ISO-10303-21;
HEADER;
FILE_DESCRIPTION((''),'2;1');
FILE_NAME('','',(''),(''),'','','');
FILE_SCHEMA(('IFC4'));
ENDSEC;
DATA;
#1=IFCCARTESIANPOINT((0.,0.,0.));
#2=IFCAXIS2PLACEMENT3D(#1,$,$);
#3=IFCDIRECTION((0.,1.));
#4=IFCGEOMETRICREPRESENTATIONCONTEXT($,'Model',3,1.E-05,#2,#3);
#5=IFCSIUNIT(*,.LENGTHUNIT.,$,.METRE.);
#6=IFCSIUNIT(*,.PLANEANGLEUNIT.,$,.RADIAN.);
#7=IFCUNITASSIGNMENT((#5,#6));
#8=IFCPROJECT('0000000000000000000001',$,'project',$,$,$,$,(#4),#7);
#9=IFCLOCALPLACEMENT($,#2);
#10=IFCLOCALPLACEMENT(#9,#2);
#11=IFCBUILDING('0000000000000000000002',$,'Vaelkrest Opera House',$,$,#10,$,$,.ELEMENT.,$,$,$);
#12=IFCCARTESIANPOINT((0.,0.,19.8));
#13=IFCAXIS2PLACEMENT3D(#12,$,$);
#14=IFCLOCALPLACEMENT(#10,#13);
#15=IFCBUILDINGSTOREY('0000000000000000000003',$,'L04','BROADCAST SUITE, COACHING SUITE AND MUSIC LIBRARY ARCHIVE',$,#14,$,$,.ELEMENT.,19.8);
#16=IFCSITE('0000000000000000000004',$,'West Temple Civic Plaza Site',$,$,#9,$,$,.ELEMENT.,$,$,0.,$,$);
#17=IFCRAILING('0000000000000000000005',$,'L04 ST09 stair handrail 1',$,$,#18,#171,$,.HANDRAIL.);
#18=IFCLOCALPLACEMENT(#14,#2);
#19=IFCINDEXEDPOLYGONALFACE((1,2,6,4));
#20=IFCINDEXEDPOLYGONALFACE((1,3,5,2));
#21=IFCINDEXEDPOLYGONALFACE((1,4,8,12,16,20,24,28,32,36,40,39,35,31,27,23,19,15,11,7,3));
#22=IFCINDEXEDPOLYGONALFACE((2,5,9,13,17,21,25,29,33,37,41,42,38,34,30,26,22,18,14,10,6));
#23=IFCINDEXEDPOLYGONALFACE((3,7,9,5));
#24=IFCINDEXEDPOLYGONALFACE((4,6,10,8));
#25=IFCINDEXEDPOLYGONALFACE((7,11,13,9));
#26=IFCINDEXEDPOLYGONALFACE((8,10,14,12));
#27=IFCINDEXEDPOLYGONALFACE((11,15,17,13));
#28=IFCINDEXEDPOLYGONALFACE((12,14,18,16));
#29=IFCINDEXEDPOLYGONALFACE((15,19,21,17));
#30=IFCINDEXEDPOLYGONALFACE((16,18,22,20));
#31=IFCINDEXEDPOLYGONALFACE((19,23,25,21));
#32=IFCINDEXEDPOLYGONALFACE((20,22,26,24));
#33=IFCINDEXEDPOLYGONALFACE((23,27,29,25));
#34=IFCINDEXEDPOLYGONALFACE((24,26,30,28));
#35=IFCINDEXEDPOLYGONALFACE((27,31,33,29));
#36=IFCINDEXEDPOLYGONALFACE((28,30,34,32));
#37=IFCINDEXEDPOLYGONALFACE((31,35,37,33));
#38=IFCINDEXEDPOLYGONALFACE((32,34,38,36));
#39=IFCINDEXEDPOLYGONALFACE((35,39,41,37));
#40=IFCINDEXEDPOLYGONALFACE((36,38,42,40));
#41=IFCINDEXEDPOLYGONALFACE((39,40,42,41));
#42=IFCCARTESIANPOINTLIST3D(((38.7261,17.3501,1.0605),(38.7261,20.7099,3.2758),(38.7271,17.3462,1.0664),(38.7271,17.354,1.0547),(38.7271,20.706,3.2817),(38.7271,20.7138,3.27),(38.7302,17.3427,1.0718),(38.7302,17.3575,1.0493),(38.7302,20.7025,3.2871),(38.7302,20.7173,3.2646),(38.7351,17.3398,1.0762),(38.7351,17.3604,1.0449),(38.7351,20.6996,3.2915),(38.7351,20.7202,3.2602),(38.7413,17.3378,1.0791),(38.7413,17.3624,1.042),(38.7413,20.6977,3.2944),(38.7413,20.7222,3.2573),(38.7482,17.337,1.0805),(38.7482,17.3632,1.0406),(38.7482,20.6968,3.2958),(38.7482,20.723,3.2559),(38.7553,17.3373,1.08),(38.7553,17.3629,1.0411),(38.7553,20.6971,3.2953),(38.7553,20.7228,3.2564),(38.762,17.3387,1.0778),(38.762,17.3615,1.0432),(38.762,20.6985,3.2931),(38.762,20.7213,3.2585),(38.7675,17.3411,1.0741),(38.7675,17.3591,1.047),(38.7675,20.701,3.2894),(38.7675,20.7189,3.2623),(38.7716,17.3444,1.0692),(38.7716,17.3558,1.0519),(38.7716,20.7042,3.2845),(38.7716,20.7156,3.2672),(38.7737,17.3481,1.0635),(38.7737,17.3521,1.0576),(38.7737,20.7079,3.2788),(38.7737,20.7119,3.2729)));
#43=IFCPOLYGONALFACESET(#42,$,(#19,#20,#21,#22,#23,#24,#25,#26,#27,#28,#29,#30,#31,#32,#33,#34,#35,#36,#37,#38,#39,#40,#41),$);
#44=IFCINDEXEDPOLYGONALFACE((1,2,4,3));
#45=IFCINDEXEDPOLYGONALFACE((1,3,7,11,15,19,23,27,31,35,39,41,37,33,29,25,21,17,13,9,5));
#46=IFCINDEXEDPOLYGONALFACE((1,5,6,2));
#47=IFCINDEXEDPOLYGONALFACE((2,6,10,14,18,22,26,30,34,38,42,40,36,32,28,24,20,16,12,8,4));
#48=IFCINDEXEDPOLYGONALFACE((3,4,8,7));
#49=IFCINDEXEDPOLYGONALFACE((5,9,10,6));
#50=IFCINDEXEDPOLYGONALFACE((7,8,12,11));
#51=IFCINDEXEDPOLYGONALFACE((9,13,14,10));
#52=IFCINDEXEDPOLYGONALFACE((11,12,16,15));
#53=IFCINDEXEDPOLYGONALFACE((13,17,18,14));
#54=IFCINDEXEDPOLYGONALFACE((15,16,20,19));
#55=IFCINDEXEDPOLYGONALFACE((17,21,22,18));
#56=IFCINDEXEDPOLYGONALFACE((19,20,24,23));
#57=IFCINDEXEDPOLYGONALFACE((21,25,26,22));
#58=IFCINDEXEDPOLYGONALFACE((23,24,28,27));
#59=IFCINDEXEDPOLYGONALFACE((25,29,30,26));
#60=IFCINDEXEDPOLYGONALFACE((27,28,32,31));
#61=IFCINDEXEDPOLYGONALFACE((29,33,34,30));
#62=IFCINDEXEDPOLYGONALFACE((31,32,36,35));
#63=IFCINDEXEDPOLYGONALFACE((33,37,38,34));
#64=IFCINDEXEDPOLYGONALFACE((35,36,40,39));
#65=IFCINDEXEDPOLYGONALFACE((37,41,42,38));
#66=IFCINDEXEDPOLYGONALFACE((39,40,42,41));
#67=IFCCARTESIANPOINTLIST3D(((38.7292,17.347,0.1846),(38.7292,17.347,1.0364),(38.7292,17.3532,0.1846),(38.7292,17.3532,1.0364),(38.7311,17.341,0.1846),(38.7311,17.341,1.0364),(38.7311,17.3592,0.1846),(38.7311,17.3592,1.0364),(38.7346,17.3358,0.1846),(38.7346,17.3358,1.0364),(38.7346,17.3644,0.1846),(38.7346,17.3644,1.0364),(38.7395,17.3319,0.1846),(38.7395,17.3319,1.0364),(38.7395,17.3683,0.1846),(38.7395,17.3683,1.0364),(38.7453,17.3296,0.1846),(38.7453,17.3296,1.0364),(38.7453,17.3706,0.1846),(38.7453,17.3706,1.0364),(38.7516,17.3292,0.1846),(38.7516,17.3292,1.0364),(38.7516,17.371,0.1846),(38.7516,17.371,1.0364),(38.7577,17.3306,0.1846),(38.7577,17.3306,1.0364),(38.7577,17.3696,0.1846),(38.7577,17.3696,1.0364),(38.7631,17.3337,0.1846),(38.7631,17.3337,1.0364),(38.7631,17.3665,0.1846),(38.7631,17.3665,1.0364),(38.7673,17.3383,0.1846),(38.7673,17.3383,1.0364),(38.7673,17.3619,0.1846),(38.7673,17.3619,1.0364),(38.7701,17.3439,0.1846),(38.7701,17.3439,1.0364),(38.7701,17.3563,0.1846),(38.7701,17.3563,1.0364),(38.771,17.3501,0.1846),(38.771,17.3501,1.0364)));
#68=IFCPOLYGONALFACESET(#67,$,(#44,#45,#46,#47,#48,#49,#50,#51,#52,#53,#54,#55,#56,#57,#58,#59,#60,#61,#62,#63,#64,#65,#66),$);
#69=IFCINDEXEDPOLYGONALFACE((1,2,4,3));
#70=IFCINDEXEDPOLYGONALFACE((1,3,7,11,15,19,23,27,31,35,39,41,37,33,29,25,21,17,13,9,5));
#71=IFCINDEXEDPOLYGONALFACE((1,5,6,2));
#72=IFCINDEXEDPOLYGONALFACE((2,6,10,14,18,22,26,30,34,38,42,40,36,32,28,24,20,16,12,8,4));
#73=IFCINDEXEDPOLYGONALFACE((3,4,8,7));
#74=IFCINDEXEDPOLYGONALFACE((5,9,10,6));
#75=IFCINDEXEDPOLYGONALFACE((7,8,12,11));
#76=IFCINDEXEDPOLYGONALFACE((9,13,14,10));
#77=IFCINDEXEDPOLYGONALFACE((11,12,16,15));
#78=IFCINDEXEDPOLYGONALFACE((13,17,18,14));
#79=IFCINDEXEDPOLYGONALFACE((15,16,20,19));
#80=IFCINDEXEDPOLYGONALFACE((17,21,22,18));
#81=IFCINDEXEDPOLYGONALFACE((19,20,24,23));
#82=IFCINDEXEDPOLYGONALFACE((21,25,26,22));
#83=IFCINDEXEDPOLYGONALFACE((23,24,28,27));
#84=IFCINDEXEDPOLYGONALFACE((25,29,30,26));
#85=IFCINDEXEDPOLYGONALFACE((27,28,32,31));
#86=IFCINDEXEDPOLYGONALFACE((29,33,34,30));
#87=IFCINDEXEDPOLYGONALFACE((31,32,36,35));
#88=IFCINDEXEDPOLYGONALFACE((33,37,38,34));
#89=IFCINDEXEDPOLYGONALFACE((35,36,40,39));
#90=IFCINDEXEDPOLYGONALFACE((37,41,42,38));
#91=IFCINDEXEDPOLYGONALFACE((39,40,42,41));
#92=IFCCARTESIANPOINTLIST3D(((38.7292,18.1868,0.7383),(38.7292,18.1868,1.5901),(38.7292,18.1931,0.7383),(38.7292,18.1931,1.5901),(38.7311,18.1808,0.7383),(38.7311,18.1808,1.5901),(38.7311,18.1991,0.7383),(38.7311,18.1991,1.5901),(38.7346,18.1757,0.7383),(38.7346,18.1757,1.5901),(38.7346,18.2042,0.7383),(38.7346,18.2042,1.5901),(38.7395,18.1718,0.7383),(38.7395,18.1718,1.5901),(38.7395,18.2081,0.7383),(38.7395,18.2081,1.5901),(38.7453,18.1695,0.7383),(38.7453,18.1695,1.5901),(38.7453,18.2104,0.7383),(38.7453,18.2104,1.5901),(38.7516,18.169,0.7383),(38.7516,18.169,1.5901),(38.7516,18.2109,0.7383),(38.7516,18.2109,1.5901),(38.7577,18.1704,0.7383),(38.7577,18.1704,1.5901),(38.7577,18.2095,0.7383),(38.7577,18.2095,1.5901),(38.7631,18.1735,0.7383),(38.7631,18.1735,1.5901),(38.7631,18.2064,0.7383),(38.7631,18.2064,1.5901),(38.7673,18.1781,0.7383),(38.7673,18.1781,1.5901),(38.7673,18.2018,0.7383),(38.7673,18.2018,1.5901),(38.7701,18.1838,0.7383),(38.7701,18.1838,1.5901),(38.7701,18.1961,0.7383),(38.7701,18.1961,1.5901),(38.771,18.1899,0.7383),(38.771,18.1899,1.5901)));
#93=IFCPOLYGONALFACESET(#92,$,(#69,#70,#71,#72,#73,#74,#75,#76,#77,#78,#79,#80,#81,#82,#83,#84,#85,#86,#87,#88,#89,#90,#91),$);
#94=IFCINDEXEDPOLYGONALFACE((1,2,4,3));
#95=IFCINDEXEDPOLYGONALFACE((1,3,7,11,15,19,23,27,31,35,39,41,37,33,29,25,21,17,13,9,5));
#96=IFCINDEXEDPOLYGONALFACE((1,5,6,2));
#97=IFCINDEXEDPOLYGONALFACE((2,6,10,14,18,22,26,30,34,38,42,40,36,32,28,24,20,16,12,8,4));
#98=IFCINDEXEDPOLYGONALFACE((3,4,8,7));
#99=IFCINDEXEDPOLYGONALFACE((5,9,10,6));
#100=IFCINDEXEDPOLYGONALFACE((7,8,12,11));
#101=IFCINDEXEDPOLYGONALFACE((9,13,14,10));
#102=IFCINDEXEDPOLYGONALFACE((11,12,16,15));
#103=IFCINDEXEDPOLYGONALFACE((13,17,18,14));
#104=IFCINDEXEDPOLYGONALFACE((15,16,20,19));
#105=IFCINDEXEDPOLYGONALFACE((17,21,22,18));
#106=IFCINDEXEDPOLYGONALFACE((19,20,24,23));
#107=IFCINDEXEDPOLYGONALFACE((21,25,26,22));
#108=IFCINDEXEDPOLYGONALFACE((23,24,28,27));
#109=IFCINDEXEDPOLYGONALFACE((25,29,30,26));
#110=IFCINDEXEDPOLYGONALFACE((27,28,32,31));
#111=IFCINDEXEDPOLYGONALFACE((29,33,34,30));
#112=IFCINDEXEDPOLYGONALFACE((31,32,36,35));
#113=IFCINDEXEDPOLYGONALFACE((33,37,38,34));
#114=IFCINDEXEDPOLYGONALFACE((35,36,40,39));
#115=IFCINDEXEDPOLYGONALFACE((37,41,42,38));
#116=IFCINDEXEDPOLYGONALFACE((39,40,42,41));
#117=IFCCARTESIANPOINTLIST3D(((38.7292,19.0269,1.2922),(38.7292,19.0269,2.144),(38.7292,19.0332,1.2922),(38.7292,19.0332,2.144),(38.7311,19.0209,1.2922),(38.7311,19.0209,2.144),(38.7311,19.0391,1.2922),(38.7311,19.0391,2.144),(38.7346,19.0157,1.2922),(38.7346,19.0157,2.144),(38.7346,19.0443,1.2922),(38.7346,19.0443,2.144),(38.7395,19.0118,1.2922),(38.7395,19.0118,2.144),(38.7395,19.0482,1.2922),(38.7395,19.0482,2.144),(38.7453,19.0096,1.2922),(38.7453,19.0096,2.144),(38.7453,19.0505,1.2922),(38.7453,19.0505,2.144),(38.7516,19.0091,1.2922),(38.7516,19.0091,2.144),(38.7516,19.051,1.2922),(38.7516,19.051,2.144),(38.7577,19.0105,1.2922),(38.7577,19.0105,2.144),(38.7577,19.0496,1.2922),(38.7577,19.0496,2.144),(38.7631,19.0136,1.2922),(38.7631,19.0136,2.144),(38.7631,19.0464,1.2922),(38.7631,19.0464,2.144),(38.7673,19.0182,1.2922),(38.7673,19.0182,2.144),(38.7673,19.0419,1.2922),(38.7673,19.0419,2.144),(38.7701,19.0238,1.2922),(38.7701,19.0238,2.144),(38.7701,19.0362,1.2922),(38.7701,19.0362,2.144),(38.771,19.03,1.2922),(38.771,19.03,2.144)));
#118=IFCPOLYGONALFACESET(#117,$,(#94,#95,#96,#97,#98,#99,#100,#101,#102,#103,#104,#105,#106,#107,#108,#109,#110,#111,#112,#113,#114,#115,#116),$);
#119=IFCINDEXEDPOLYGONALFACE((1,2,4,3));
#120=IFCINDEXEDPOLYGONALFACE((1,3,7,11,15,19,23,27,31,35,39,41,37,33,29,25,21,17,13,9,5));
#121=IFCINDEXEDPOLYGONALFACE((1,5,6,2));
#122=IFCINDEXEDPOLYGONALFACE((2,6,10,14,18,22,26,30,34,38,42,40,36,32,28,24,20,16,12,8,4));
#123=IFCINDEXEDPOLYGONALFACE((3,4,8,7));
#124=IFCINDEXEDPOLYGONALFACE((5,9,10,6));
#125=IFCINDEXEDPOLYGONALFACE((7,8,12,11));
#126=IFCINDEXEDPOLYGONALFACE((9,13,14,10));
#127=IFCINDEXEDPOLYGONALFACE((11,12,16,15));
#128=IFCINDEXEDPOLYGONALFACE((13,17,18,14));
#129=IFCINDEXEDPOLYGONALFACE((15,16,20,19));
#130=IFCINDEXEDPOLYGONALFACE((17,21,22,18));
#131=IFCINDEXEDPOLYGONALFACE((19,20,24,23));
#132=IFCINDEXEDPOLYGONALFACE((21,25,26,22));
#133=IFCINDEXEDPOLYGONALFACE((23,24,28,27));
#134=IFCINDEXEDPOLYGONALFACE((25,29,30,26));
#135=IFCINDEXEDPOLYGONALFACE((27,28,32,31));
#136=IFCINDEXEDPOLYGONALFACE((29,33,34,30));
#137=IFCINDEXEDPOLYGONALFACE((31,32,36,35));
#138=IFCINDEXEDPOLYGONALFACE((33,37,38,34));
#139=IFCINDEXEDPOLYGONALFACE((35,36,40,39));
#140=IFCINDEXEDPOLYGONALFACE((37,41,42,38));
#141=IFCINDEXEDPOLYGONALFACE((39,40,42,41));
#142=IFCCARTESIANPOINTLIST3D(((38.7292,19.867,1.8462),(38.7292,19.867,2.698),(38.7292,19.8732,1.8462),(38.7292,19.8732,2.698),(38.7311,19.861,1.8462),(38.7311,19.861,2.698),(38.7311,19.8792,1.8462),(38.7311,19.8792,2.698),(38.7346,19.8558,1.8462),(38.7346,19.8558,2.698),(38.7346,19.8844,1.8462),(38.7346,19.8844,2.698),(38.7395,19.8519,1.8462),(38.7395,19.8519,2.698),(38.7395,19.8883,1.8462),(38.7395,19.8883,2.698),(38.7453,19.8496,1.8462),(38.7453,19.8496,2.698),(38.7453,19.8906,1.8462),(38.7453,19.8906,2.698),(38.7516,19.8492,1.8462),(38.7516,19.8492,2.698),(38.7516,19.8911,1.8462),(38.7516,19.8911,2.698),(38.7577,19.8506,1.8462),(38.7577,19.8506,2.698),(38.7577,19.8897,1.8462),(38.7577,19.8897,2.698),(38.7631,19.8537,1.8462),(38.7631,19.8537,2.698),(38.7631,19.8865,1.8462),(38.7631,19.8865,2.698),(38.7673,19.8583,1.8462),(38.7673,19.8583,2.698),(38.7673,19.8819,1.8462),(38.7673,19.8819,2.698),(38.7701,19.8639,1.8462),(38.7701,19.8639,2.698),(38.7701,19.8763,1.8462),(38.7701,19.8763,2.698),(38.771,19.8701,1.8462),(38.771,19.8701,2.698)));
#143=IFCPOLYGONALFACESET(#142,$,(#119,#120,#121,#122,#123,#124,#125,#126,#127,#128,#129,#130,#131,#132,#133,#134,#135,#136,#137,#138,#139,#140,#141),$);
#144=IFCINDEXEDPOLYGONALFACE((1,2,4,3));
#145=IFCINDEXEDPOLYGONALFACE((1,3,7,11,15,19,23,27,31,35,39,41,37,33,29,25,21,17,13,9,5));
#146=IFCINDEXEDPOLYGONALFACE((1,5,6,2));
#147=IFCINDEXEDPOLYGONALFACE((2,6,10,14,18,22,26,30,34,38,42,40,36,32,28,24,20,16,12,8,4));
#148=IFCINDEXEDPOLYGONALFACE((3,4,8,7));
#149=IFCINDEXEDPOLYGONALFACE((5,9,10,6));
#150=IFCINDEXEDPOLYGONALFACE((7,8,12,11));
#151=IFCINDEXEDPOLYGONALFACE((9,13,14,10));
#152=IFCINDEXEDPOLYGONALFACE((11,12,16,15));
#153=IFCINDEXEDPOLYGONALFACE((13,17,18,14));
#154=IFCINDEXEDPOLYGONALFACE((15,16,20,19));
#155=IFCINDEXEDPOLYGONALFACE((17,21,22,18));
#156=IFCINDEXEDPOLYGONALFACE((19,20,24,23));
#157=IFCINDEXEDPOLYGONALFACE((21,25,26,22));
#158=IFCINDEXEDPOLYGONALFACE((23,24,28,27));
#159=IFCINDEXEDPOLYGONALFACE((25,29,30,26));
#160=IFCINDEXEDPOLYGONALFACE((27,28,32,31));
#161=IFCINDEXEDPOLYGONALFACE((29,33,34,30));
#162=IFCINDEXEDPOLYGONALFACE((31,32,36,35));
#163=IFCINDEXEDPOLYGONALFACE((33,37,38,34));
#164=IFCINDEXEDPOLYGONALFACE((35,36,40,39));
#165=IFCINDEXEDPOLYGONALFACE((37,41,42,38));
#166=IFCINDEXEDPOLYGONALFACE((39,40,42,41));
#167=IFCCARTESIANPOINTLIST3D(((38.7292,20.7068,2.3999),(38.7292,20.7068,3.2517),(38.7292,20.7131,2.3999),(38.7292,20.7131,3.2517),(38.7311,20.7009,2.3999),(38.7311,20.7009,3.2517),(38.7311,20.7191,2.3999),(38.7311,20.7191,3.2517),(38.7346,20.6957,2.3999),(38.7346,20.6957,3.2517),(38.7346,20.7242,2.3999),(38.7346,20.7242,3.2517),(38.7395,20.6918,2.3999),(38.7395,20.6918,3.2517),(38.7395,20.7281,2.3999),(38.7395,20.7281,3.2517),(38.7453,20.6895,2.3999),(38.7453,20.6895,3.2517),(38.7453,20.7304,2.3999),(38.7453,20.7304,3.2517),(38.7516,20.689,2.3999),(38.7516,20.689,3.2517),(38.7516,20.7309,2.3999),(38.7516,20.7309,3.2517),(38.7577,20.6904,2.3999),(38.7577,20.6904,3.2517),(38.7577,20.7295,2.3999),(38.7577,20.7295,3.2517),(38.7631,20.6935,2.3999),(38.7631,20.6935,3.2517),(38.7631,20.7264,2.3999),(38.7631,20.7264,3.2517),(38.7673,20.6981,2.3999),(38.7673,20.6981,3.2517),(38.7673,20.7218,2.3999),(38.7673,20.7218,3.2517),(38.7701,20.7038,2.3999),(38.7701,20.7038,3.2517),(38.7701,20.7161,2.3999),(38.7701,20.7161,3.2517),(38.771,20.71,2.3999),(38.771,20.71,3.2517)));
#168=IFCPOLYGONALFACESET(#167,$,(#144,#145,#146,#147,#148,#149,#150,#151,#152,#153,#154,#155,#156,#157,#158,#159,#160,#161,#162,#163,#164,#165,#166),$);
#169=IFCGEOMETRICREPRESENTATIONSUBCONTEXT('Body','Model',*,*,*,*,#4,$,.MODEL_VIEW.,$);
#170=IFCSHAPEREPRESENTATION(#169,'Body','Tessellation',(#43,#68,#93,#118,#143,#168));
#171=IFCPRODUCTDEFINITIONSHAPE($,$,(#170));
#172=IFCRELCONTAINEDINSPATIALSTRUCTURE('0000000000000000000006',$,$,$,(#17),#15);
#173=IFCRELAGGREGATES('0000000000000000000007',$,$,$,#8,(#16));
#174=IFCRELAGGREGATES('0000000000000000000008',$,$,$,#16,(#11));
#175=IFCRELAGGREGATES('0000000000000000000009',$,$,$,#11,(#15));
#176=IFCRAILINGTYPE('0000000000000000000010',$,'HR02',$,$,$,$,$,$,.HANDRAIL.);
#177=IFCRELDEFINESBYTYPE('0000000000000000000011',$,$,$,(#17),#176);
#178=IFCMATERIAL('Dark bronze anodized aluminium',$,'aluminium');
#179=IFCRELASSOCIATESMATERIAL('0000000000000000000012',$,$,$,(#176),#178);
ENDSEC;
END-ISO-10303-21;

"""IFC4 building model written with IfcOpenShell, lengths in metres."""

from ifc_helpers import new_model, si_unit, direction, frame, origin, origin_2d, place, context, subcontext, project, spatial, circle, extrude, material, type_object, element, save


model = new_model("IFC4")

# Units and contexts
model_context = context("Model", 3, precision=1e-05, world=origin(), true_north=direction((0.0, 1.0)))
body_context = subcontext(model_context, "Body", "Model", "MODEL_VIEW")
ifc_project = project(units=[si_unit("LENGTHUNIT", "METRE"), si_unit("PLANEANGLEUNIT", "RADIAN")], contexts=[model_context])

# Site, building, storey
site_placement = place(None, origin())
site = spatial("IfcSite", under=ifc_project, at=site_placement, Name="West Temple Civic Plaza Site", CompositionType="ELEMENT", RefElevation=0.0)
building_placement = place(site_placement, origin())
building = spatial("IfcBuilding", under=site, at=building_placement, Name="Vaelkrest Opera House", CompositionType="ELEMENT")
storey_placement = place(building_placement, frame((0.0, 0.0, 19.8)))
storey = spatial("IfcBuildingStorey", under=building, at=storey_placement, Name="L04", Description="BROADCAST SUITE, COACHING SUITE AND MUSIC LIBRARY ARCHIVE", CompositionType="ELEMENT", Elevation=19.8)

# Railing
ifc_material_1 = material(Name="Dark bronze anodized aluminium", Category="aluminium")
railing_type_1 = type_object("IfcRailingType", Name="HR02", PredefinedType="HANDRAIL", material=ifc_material_1)
railing_1_placement = place(storey_placement, frame((38.75, 17.3501, 0.1846)))
element("IfcRailing", 1, at=railing_1_placement, inside=storey, type_object=railing_type_1, Name="L04 ST09 stair handrail 1", PredefinedType="HANDRAIL", context=body_context, shape_type="SweptSolid", body=[
    extrude(circle(Radius=0.0239, at=origin_2d()), frame((0.0, 0.0, 0.876), z_axis=(0.0, 0.834858, 0.550465), x_axis=(-1.0, 0.0, 0.0)), (0.0, 0.0, 1.0), 4.0244),
    extrude(circle(Radius=0.021, at=origin_2d()), origin(), (0.0, 0.0, 1.0), 0.8518),
    extrude(circle(Radius=0.021, at=origin_2d()), frame((0.0, 0.8398, 0.5537)), (0.0, 0.0, 1.0), 0.8518),
    extrude(circle(Radius=0.021, at=origin_2d()), frame((0.0, 1.6799, 1.1077)), (0.0, 0.0, 1.0), 0.8518),
    extrude(circle(Radius=0.021, at=origin_2d()), frame((0.0, 2.52, 1.6616)), (0.0, 0.0, 1.0), 0.8518),
    extrude(circle(Radius=0.021, at=origin_2d()), frame((0.0, 3.3599, 2.2153)), (0.0, 0.0, 1.0), 0.8518),
])

save(model, "model.ifc")
